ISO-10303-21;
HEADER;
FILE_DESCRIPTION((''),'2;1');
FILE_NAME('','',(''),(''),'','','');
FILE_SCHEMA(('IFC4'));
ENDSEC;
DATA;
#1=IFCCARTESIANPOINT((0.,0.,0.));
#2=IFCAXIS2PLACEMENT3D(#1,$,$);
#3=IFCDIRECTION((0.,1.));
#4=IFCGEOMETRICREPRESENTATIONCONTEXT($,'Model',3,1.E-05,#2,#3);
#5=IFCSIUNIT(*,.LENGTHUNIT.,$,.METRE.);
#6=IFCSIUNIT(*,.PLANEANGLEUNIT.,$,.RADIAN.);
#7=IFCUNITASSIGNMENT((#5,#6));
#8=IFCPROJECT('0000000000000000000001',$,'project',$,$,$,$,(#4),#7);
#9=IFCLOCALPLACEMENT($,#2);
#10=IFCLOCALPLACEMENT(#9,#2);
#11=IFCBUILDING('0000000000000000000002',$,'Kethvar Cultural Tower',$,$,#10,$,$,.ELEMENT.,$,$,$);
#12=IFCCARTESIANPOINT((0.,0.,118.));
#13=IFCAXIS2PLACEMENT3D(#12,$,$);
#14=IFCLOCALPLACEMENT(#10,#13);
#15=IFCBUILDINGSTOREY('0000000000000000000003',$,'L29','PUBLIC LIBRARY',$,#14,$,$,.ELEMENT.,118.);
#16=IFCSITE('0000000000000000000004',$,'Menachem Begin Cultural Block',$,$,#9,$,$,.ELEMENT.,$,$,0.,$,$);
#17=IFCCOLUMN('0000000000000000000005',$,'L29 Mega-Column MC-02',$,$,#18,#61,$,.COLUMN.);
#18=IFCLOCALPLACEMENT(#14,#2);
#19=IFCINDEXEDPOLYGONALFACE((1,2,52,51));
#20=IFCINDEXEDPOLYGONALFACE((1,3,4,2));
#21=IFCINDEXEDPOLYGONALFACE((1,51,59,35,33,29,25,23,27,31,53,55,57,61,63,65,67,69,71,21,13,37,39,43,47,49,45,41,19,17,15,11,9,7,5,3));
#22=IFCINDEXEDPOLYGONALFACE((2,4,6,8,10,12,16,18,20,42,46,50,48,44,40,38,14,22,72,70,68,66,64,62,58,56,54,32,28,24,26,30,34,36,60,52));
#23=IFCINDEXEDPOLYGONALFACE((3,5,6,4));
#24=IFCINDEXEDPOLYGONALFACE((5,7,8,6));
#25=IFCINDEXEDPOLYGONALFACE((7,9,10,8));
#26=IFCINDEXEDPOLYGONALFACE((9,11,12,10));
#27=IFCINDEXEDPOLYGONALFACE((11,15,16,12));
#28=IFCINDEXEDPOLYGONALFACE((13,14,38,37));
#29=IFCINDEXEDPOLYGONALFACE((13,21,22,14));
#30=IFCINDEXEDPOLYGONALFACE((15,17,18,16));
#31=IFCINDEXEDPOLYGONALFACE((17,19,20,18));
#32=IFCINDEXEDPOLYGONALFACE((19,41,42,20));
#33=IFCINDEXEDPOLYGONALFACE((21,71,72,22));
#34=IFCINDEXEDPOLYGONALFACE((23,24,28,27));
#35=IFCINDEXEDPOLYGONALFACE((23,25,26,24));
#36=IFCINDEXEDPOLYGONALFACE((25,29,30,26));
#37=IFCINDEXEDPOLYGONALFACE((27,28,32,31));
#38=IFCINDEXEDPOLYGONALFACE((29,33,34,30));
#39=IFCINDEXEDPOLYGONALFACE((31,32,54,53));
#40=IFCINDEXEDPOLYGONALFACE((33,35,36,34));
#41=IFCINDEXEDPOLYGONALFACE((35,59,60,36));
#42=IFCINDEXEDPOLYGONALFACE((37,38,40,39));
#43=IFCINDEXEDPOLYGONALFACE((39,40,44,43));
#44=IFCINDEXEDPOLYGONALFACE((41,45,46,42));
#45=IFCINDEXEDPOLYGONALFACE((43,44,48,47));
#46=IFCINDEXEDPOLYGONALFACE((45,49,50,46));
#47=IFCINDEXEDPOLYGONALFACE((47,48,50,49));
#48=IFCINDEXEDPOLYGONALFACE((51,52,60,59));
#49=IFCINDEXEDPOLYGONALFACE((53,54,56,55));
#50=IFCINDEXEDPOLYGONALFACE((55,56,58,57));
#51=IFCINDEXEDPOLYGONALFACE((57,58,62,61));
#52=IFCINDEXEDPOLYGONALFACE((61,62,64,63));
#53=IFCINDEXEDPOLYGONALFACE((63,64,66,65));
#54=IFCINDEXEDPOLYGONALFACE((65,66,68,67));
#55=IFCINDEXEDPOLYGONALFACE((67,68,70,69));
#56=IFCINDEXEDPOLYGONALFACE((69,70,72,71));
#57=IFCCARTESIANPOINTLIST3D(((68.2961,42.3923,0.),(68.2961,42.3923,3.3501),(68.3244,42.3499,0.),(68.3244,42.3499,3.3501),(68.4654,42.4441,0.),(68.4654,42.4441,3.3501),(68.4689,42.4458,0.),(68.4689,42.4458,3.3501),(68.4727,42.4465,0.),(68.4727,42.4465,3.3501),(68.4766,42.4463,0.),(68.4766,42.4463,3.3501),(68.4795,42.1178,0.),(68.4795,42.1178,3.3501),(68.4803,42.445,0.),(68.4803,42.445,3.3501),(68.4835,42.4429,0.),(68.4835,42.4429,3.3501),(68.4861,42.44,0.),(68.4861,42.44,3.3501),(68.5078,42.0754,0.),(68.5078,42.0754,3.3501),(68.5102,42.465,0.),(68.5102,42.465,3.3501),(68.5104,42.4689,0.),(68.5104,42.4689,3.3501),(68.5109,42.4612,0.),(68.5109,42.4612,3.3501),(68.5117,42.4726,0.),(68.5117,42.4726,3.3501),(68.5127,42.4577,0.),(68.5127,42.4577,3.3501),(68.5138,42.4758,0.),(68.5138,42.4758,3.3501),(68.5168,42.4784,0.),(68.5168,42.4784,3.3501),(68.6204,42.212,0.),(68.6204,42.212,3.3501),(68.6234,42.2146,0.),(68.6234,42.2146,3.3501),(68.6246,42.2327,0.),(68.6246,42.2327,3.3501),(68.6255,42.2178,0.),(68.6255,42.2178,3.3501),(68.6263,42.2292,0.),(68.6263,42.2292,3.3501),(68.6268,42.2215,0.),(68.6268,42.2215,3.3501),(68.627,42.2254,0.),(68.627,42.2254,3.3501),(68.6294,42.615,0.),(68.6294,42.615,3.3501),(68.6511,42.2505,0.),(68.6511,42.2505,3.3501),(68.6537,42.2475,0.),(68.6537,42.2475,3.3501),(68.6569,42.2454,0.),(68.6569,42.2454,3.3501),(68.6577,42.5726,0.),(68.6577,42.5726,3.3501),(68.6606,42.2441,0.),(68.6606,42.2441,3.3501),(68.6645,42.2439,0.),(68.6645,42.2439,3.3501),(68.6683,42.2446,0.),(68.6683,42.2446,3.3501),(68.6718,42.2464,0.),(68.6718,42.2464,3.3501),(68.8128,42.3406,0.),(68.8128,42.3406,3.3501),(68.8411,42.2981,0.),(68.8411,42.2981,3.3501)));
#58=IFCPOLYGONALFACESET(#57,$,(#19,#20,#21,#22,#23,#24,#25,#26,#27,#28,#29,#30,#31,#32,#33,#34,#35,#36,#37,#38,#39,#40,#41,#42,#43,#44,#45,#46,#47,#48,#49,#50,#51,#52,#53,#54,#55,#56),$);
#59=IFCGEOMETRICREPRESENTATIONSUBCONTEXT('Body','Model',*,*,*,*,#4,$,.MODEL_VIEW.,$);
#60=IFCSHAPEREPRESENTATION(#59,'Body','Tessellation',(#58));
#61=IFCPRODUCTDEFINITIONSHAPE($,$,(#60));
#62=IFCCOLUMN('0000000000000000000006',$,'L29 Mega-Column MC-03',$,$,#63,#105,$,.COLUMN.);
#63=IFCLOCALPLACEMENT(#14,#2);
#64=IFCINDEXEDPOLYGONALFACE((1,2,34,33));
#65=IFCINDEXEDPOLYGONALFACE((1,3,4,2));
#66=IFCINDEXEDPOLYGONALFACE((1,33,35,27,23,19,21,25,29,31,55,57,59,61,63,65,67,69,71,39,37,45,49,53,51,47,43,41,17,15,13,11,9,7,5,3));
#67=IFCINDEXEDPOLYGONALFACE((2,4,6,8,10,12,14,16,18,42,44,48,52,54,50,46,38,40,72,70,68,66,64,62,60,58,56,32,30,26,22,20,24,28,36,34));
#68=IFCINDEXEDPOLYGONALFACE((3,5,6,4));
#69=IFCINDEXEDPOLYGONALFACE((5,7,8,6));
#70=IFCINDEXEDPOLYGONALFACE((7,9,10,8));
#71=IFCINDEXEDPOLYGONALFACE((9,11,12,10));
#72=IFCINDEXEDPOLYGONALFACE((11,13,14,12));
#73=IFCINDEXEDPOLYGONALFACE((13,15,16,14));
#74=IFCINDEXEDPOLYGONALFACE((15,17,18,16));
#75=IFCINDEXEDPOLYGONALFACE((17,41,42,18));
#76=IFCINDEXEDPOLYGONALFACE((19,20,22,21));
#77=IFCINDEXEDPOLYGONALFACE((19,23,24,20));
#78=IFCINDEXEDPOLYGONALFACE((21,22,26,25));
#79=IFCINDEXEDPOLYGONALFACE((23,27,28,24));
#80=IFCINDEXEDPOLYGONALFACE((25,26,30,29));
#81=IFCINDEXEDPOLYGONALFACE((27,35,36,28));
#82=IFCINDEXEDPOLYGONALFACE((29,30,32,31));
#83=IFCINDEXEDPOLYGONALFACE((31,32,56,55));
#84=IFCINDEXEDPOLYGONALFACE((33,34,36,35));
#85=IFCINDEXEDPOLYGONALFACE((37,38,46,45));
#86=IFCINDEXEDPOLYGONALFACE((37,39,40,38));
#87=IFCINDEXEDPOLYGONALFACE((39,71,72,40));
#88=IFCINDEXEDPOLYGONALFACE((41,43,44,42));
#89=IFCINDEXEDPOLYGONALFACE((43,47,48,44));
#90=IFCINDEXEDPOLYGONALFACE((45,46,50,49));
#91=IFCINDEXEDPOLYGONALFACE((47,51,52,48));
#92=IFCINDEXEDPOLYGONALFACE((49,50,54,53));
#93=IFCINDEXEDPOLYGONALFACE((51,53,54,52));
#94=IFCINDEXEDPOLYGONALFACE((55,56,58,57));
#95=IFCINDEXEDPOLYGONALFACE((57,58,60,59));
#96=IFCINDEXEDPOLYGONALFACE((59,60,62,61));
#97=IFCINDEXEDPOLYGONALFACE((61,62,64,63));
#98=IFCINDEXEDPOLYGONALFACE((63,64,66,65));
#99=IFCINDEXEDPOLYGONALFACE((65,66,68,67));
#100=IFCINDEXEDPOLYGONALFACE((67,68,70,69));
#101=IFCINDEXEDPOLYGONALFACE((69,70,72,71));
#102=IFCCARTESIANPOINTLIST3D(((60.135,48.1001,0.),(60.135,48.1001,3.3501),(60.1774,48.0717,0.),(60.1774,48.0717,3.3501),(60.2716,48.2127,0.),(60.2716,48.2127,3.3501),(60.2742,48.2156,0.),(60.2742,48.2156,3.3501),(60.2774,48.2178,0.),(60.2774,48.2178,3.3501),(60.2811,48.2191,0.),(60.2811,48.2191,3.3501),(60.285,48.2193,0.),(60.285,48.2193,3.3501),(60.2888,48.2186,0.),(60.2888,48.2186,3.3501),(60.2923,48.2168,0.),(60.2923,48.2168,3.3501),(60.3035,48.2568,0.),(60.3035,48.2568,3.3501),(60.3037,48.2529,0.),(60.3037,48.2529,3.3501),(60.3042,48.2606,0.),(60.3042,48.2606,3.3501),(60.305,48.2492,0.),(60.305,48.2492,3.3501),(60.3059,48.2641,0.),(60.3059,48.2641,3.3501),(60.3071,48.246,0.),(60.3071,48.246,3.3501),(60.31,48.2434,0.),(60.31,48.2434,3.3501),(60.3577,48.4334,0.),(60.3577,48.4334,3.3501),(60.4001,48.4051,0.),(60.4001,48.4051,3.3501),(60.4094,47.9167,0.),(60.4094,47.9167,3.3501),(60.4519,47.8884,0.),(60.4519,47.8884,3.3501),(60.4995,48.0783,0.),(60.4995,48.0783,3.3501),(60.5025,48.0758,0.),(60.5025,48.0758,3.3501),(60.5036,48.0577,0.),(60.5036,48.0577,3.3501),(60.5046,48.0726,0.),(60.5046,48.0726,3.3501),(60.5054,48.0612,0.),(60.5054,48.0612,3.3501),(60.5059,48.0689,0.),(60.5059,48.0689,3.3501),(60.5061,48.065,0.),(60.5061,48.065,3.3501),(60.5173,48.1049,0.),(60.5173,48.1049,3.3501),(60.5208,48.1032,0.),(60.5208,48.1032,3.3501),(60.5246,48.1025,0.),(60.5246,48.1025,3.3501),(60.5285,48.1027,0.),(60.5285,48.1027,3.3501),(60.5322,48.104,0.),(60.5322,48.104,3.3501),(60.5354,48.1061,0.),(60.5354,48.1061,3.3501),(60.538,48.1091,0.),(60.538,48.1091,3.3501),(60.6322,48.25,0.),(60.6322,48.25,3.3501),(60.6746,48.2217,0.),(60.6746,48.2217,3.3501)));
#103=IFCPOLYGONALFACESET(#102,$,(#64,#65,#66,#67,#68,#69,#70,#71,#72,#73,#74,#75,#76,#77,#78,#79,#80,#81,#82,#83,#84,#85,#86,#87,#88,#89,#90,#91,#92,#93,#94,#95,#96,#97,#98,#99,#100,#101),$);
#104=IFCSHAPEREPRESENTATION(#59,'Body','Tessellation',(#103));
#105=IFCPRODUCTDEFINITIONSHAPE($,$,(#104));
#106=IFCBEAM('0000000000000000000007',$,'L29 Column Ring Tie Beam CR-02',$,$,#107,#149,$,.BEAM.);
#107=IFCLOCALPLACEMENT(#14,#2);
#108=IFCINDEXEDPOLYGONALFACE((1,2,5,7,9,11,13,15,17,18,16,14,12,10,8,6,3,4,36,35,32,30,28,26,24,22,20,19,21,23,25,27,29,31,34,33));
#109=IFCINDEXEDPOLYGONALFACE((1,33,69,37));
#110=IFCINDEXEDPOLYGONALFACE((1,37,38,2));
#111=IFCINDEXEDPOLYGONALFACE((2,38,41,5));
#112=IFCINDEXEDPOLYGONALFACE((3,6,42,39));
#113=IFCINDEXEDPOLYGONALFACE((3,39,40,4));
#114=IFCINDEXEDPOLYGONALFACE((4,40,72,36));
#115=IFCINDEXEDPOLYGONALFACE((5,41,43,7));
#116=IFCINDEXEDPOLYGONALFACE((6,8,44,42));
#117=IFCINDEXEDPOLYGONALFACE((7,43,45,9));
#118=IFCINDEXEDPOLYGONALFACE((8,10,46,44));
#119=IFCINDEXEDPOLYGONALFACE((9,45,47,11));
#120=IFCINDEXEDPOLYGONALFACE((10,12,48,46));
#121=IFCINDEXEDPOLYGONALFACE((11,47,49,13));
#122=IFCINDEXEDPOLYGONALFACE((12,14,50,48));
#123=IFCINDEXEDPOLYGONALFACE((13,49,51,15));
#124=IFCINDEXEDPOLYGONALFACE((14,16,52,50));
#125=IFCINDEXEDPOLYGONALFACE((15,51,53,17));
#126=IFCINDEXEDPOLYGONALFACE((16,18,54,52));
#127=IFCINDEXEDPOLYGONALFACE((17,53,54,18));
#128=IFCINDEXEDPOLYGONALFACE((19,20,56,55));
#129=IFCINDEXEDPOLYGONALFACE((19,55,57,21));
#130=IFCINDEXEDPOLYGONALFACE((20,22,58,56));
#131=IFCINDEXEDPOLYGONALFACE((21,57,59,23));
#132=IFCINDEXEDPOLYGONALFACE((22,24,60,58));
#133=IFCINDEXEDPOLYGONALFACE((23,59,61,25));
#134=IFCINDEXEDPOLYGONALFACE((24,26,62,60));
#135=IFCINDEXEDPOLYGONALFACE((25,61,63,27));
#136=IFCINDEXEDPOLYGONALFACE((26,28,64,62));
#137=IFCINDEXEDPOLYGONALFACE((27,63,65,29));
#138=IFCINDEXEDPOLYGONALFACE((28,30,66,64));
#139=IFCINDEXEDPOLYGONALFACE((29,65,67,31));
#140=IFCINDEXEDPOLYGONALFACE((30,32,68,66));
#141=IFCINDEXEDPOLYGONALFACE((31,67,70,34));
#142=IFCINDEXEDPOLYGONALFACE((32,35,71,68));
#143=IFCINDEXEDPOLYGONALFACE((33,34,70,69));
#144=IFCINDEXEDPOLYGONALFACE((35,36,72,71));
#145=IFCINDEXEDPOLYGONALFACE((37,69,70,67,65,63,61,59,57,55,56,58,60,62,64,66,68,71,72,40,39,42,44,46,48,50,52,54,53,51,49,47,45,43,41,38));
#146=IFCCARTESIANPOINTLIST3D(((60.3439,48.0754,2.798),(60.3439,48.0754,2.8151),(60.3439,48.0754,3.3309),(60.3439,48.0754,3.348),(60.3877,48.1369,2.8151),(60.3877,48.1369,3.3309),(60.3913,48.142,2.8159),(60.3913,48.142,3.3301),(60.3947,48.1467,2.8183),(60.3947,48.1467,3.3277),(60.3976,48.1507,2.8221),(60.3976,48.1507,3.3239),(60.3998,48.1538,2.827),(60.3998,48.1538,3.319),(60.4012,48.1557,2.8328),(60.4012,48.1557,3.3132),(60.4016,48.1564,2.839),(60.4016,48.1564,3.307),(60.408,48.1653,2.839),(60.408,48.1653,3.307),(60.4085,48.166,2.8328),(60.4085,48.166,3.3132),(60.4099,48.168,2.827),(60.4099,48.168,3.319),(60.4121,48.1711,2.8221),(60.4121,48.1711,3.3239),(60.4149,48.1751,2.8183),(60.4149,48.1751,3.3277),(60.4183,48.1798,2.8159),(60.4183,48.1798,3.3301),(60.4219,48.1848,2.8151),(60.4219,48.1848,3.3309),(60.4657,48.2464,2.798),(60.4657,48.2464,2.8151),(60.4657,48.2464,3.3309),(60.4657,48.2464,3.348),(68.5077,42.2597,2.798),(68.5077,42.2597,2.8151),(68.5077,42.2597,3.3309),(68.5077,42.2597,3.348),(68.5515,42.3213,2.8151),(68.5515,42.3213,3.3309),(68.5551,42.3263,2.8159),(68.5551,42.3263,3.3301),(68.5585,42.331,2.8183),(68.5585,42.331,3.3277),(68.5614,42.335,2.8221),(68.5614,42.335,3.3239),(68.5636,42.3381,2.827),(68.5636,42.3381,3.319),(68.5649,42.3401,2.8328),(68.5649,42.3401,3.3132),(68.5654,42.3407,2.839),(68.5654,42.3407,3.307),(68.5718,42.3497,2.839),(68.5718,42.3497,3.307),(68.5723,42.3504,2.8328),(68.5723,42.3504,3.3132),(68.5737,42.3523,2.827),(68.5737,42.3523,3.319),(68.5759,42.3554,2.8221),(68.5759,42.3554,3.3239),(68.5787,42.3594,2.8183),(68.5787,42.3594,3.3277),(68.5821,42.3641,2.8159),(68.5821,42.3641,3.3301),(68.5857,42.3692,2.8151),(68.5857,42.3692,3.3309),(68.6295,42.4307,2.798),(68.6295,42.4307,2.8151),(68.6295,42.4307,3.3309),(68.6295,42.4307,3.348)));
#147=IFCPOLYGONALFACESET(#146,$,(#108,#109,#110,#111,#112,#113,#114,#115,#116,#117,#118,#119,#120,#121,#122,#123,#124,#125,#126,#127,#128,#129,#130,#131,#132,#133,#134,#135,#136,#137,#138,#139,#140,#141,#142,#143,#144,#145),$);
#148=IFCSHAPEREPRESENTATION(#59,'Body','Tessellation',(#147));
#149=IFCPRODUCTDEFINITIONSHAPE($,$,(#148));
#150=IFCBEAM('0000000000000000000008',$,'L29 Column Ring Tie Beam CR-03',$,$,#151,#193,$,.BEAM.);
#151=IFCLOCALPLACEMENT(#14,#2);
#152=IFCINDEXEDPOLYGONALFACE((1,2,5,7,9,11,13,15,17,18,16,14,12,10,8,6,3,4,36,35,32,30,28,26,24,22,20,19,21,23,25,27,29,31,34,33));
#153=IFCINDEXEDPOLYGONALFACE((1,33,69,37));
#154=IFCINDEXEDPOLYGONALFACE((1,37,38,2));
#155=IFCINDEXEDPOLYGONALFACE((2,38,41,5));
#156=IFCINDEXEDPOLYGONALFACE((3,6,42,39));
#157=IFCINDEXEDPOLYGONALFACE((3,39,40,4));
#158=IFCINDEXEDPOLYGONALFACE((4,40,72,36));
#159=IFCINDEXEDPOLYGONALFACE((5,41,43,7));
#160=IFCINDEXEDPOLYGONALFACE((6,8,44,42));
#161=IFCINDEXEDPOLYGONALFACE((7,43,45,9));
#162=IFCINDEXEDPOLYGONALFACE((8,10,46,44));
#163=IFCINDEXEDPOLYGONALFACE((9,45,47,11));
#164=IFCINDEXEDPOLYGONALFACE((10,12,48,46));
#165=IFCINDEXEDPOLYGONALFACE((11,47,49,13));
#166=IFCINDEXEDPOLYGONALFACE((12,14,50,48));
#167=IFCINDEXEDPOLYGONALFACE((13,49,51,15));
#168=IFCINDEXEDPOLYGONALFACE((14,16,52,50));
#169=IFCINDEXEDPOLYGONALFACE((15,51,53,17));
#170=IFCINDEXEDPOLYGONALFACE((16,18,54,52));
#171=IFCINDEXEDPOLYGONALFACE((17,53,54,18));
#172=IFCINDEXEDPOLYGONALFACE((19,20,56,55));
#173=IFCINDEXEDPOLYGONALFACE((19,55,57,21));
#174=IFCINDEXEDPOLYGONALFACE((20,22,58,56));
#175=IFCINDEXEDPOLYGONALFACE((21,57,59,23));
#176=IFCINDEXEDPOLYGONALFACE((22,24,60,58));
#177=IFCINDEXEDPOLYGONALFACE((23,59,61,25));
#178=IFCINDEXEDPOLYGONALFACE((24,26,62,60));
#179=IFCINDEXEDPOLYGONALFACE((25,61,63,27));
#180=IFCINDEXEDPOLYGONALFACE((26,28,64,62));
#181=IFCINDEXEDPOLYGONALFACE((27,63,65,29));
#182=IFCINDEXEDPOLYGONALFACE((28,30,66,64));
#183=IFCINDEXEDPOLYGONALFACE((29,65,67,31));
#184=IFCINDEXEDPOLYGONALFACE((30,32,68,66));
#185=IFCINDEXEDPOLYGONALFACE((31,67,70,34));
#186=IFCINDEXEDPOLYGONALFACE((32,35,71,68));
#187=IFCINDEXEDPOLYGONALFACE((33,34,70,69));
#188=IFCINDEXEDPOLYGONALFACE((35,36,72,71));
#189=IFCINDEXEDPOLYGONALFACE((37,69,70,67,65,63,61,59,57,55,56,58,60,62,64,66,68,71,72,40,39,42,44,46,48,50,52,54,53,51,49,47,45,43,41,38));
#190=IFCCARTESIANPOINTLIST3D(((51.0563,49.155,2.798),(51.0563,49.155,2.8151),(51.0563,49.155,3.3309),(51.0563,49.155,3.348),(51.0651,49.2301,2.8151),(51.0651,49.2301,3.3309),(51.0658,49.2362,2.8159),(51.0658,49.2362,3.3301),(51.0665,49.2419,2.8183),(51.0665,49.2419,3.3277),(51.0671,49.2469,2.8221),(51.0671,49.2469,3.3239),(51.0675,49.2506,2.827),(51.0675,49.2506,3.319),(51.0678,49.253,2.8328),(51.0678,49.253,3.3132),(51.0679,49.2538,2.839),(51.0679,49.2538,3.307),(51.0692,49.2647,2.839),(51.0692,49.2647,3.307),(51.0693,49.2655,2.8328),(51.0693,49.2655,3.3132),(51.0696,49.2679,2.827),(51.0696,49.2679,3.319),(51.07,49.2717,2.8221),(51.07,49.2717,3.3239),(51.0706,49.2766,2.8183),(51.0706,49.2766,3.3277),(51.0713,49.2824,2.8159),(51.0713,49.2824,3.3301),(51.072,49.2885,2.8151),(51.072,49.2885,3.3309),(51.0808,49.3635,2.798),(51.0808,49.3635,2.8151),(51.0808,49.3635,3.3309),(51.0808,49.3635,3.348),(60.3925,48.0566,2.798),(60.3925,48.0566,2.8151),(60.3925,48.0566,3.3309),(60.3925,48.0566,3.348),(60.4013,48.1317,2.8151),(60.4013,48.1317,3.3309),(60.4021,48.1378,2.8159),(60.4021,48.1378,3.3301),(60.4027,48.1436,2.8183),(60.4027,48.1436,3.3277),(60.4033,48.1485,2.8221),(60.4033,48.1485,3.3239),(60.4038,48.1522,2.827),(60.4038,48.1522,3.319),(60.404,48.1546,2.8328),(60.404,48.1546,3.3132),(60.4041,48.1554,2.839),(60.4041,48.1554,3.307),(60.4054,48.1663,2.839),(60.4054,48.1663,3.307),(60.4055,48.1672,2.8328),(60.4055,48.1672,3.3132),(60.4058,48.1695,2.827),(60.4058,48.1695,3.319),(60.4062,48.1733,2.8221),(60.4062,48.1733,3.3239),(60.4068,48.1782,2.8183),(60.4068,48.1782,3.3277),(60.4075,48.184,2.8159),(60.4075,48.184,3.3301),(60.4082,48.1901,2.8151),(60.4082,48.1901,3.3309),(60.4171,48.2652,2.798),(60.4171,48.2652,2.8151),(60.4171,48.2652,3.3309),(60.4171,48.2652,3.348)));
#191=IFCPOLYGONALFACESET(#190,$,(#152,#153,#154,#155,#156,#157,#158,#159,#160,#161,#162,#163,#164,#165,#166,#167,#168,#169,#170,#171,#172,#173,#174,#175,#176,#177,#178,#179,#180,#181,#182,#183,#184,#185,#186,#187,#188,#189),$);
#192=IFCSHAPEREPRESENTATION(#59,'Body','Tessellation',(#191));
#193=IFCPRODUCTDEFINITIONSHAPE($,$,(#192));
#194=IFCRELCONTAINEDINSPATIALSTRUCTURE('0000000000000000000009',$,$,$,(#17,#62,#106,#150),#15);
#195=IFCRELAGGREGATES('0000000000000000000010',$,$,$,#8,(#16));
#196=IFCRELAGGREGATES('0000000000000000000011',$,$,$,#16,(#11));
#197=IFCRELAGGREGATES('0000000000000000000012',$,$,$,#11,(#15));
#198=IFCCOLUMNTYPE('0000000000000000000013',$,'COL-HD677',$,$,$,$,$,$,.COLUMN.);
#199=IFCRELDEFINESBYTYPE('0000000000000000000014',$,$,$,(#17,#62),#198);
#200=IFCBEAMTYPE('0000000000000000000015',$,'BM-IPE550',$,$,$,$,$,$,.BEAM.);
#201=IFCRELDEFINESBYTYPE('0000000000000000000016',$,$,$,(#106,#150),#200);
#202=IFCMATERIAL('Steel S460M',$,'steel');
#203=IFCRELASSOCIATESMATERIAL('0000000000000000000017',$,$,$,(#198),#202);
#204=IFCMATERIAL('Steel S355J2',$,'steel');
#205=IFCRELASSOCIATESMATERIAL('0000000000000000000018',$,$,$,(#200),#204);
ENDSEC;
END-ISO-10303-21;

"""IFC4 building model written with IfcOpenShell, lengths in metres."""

from ifc_helpers import new_model, si_unit, direction, frame, origin, origin_2d, place, context, subcontext, project, spatial, i_section, extrude, source, transform, mapped, material, material_profile, profile_set, type_object, element, save


model = new_model("IFC4")

# Units and contexts
model_context = context("Model", 3, precision=1e-05, world=origin(), true_north=direction((0.0, 1.0)))
body_context = subcontext(model_context, "Body", "Model", "MODEL_VIEW")
ifc_project = project(units=[si_unit("LENGTHUNIT", "METRE"), si_unit("PLANEANGLEUNIT", "RADIAN")], contexts=[model_context])

# Site, building, storey
site_placement = place(None, origin())
site = spatial("IfcSite", under=ifc_project, at=site_placement, Name="Menachem Begin Cultural Block", CompositionType="ELEMENT", RefElevation=0.0)
building_placement = place(site_placement, origin())
building = spatial("IfcBuilding", under=site, at=building_placement, Name="Kethvar Cultural Tower", CompositionType="ELEMENT")
storey_placement = place(building_placement, frame((0.0, 0.0, 118.0)))
storey = spatial("IfcBuildingStorey", under=building, at=storey_placement, Name="L29", Description="PUBLIC LIBRARY", CompositionType="ELEMENT", Elevation=118.0)

# Columns
ifc_material_1 = material(Name="Steel S460M", Category="steel")
ifc_material_profile_1 = material_profile(ifc_material_1, i_section(OverallWidth=0.4009, OverallDepth=0.3811, WebThickness=0.032, FlangeThickness=0.051, FilletRadius=0.0149, at=origin_2d()), Name="Steel S460M — HD400x677")
ifc_profile_set_1 = profile_set([ifc_material_profile_1], Name="Steel S460M — HD400x677")
column_type = type_object("IfcColumnType", Name="COL-HD677", PredefinedType="COLUMN", material=ifc_profile_set_1)
shared_shape_1 = source(origin(), body_context, "Body", "SweptSolid", [
    extrude(i_section(OverallWidth=0.4009, OverallDepth=0.3811, WebThickness=0.032, FlangeThickness=0.051, FilletRadius=0.0149, at=origin_2d()), origin(), (0.0, 0.0, 1.0), 3.3501),
])
for number, where, z_axis, x_axis, name in (
    (1, (68.5686, 42.3452, 0.0), (0.0, 0.0, 1.0), (0.83147, 0.55557, 0.0), "L29 Mega-Column MC-02"),
    (2, (60.4048, 48.1609, 0.0), (0.0, 0.0, 1.0), (0.55557, 0.83147, 0.0), "L29 Mega-Column MC-03"),
):
    element("IfcColumn", number, at=place(storey_placement, frame(where, z_axis=z_axis, x_axis=x_axis)), inside=storey, type_object=column_type, Name=name, PredefinedType="COLUMN", context=body_context, shape_type="MappedRepresentation", body=[
        mapped(shared_shape_1, transform((0.0, 0.0, 0.0), scale=1.0)),
    ])

# Beams
ifc_material_2 = material(Name="Steel S355J2", Category="steel")
ifc_material_profile_2 = material_profile(ifc_material_2, i_section(OverallWidth=0.21, OverallDepth=0.55, WebThickness=0.011, FlangeThickness=0.0171, FilletRadius=0.0239, at=origin_2d()), Name="Steel S355J2 — IPE550")
ifc_profile_set_2 = profile_set([ifc_material_profile_2], Name="Steel S355J2 — IPE550")
beam_type_1 = type_object("IfcBeamType", Name="BM-IPE550", PredefinedType="BEAM", material=ifc_profile_set_2)
shared_shape_2 = source(origin(), body_context, "Body", "SweptSolid", [
    extrude(i_section(OverallWidth=0.21, OverallDepth=0.55, WebThickness=0.011, FlangeThickness=0.0171, FilletRadius=0.0239, at=origin_2d()), origin(), (0.0, 0.0, 1.0), 10.0234),
])
beam_1_placement = place(storey_placement, frame((68.5686, 42.3452, 3.073), z_axis=(-0.81447, 0.580206, 0.0), x_axis=(-0.580206, -0.81447, 0.0)))
element("IfcBeam", 3, at=beam_1_placement, inside=storey, type_object=beam_type_1, Name="L29 Column Ring Tie Beam CR-02", PredefinedType="BEAM", context=body_context, shape_type="MappedRepresentation", body=[
    mapped(shared_shape_2, transform((0.0, 0.0, 0.0), scale=1.0)),
])
shared_shape_3 = source(origin(), body_context, "Body", "SweptSolid", [
    extrude(i_section(OverallWidth=0.21, OverallDepth=0.55, WebThickness=0.011, FlangeThickness=0.0171, FilletRadius=0.0239, at=origin_2d()), origin(), (0.0, 0.0, 1.0), 9.4006),
])
beam_2_placement = place(storey_placement, frame((60.4048, 48.1609, 3.073), z_axis=(-0.99315, 0.116843, 0.0), x_axis=(-0.116843, -0.99315, 0.0)))
element("IfcBeam", 4, at=beam_2_placement, inside=storey, type_object=beam_type_1, Name="L29 Column Ring Tie Beam CR-03", PredefinedType="BEAM", context=body_context, shape_type="MappedRepresentation", body=[
    mapped(shared_shape_3, transform((0.0, 0.0, 0.0), scale=1.0)),
])

save(model, "model.ifc")
